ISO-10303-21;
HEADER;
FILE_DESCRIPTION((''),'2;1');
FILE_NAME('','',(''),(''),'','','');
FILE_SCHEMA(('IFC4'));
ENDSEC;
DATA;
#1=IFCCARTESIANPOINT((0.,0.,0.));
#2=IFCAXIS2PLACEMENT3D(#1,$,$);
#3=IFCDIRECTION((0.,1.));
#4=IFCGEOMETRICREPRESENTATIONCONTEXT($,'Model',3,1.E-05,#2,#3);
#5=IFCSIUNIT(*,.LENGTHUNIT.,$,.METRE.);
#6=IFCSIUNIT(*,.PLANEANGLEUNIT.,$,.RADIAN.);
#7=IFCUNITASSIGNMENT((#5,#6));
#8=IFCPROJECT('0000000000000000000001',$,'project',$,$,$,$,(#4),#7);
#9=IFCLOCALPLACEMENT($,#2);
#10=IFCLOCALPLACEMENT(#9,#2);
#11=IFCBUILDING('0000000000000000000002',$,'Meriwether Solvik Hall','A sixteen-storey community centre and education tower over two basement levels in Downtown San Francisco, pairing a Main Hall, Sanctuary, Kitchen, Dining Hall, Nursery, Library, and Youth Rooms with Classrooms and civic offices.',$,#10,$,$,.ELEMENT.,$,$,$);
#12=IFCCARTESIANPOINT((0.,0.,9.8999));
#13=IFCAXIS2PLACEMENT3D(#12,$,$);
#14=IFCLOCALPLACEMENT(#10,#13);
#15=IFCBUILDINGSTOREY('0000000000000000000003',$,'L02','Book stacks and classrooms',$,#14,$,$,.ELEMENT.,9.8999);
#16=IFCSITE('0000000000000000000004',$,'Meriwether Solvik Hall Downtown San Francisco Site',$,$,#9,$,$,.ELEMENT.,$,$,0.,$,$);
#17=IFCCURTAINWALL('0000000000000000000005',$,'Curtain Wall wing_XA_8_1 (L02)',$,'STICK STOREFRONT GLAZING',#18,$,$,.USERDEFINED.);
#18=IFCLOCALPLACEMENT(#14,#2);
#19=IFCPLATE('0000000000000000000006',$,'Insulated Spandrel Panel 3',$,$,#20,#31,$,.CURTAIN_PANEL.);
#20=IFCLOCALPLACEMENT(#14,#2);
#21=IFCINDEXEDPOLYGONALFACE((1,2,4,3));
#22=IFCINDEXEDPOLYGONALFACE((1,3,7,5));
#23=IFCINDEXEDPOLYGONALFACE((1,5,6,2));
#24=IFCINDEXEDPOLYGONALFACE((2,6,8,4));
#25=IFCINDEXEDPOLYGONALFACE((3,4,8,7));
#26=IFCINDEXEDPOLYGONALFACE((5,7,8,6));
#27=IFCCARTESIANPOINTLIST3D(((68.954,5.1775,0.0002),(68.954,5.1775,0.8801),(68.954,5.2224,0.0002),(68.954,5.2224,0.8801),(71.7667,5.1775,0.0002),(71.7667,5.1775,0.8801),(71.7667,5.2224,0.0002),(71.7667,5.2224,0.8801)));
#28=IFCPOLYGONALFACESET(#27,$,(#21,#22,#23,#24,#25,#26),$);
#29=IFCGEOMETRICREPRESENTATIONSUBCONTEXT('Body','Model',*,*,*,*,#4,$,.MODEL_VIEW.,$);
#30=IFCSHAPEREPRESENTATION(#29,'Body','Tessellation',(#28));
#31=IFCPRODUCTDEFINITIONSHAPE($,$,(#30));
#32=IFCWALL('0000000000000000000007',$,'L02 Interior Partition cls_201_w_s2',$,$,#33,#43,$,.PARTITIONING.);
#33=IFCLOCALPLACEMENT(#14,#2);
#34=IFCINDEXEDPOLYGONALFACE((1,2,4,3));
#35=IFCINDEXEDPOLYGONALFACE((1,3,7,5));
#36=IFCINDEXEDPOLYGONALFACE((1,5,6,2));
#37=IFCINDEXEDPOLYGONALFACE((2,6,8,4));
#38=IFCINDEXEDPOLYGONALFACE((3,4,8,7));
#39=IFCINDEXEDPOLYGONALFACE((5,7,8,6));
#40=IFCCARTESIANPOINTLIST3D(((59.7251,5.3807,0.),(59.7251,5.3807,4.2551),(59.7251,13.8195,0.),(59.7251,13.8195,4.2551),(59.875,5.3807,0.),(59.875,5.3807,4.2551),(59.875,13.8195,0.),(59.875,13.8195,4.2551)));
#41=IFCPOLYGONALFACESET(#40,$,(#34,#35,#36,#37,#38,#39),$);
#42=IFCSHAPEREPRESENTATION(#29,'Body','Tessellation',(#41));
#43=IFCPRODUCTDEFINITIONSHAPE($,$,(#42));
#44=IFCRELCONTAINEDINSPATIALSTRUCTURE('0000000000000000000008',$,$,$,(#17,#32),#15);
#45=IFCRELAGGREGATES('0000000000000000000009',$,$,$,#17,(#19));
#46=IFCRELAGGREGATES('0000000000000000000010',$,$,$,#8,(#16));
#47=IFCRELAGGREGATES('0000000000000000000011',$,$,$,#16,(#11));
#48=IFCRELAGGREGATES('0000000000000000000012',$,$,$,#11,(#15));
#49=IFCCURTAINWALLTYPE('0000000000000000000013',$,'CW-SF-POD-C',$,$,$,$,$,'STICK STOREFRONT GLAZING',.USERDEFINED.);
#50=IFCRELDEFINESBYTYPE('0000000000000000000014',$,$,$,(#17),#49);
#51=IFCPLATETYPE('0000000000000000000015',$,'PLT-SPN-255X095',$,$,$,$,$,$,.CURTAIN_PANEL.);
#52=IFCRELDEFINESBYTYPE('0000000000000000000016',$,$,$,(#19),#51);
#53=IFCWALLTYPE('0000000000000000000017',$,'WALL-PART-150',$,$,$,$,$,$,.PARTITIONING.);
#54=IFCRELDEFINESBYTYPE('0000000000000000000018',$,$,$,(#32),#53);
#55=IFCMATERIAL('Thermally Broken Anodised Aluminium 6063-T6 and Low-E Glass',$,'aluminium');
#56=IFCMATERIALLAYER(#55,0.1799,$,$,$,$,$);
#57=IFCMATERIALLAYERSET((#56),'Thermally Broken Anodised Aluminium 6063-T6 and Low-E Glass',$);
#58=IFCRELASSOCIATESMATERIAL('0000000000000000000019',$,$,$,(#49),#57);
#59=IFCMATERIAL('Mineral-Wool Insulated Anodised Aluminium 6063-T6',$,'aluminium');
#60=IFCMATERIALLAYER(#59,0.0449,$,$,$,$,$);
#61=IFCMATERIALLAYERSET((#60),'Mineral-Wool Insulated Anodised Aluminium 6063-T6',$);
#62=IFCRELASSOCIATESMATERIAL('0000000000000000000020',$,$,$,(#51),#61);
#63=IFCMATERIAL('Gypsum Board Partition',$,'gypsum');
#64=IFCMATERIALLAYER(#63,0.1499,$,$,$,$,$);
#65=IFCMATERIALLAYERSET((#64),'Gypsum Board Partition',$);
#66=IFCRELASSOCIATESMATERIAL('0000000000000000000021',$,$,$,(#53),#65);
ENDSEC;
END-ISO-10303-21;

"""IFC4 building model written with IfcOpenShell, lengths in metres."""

from ifc_helpers import new_model, si_unit, direction, frame, frame_2d, origin, origin_2d, place, context, subcontext, project, spatial, rectangle, extrude, material, layer, layer_set, type_object, element, aggregate, save


model = new_model("IFC4")

# Units and contexts
model_context = context("Model", 3, precision=1e-05, world=origin(), true_north=direction((0.0, 1.0)))
body_context = subcontext(model_context, "Body", "Model", "MODEL_VIEW")
ifc_project = project(units=[si_unit("LENGTHUNIT", "METRE"), si_unit("PLANEANGLEUNIT", "RADIAN")], contexts=[model_context])

# Site, building, storey
site_placement = place(None, origin())
site = spatial("IfcSite", under=ifc_project, at=site_placement, Name="Meriwether Solvik Hall Downtown San Francisco Site", CompositionType="ELEMENT", RefElevation=0.0)
building_placement = place(site_placement, origin())
building = spatial("IfcBuilding", under=site, at=building_placement, Name="Meriwether Solvik Hall", Description="A sixteen-storey community centre and education tower over two basement levels in Downtown San Francisco, pairing a Main Hall, Sanctuary, Kitchen, Dining Hall, Nursery, Library, and Youth Rooms with Classrooms and civic offices.", CompositionType="ELEMENT")
storey_placement = place(building_placement, frame((0.0, 0.0, 9.8999)))
storey = spatial("IfcBuildingStorey", under=building, at=storey_placement, Name="L02", Description="Book stacks and classrooms", CompositionType="ELEMENT", Elevation=9.8999)

# Curtain wall
ifc_material_1 = material(Name="Thermally Broken Anodised Aluminium 6063-T6 and Low-E Glass", Category="aluminium")
ifc_layer_1 = layer(ifc_material_1, 0.1799)
ifc_layer_set_1 = layer_set([ifc_layer_1], Name="Thermally Broken Anodised Aluminium 6063-T6 and Low-E Glass")
curtain_wall_type = type_object("IfcCurtainWallType", Name="CW-SF-POD-C", ElementType="STICK STOREFRONT GLAZING", PredefinedType="USERDEFINED", material=ifc_layer_set_1)
curtain_wall_placement = place(storey_placement, origin())
curtain_wall = element("IfcCurtainWall", 1, at=curtain_wall_placement, inside=storey, type_object=curtain_wall_type, Name="Curtain Wall wing_XA_8_1 (L02)", ObjectType="STICK STOREFRONT GLAZING", PredefinedType="USERDEFINED")

# Plate
ifc_material_2 = material(Name="Mineral-Wool Insulated Anodised Aluminium 6063-T6", Category="aluminium")
ifc_layer_2 = layer(ifc_material_2, 0.0449)
ifc_layer_set_2 = layer_set([ifc_layer_2], Name="Mineral-Wool Insulated Anodised Aluminium 6063-T6")
plate_type_1 = type_object("IfcPlateType", Name="PLT-SPN-255X095", PredefinedType="CURTAIN_PANEL", material=ifc_layer_set_2)
plate_1_placement = place(storey_placement, frame((70.3604, 5.2, 0.0002), z_axis=(0.0, 0.0, 1.0), x_axis=(-1.0, 0.0, 0.0)))
plate_1 = element("IfcPlate", 2, at=plate_1_placement, type_object=plate_type_1, Name="Insulated Spandrel Panel 3", PredefinedType="CURTAIN_PANEL", context=body_context, shape_type="SweptSolid", body=[
    extrude(rectangle(XDim=2.8127, YDim=0.0449, at=origin_2d()), origin(), (0.0, 0.0, 1.0), 0.8799),
])
aggregate(curtain_wall, [plate_1])

# Wall
ifc_material_3 = material(Name="Gypsum Board Partition", Category="gypsum")
ifc_layer_3 = layer(ifc_material_3, 0.1499)
ifc_layer_set_3 = layer_set([ifc_layer_3], Name="Gypsum Board Partition")
wall_type = type_object("IfcWallType", Name="WALL-PART-150", PredefinedType="PARTITIONING", material=ifc_layer_set_3)
wall_placement = place(storey_placement, frame((59.8, 13.8193, 0.0), z_axis=(0.0, 0.0, 1.0), x_axis=(0.0, -1.0, 0.0)))
element("IfcWall", 3, at=wall_placement, inside=storey, type_object=wall_type, Name="L02 Interior Partition cls_201_w_s2", PredefinedType="PARTITIONING", context=body_context, shape_type="SweptSolid", body=[
    extrude(rectangle(XDim=8.4387, YDim=0.1499, at=frame_2d((4.2192, 0.0))), origin(), (0.0, 0.0, 1.0), 4.2551),
])

save(model, "model.ifc")
